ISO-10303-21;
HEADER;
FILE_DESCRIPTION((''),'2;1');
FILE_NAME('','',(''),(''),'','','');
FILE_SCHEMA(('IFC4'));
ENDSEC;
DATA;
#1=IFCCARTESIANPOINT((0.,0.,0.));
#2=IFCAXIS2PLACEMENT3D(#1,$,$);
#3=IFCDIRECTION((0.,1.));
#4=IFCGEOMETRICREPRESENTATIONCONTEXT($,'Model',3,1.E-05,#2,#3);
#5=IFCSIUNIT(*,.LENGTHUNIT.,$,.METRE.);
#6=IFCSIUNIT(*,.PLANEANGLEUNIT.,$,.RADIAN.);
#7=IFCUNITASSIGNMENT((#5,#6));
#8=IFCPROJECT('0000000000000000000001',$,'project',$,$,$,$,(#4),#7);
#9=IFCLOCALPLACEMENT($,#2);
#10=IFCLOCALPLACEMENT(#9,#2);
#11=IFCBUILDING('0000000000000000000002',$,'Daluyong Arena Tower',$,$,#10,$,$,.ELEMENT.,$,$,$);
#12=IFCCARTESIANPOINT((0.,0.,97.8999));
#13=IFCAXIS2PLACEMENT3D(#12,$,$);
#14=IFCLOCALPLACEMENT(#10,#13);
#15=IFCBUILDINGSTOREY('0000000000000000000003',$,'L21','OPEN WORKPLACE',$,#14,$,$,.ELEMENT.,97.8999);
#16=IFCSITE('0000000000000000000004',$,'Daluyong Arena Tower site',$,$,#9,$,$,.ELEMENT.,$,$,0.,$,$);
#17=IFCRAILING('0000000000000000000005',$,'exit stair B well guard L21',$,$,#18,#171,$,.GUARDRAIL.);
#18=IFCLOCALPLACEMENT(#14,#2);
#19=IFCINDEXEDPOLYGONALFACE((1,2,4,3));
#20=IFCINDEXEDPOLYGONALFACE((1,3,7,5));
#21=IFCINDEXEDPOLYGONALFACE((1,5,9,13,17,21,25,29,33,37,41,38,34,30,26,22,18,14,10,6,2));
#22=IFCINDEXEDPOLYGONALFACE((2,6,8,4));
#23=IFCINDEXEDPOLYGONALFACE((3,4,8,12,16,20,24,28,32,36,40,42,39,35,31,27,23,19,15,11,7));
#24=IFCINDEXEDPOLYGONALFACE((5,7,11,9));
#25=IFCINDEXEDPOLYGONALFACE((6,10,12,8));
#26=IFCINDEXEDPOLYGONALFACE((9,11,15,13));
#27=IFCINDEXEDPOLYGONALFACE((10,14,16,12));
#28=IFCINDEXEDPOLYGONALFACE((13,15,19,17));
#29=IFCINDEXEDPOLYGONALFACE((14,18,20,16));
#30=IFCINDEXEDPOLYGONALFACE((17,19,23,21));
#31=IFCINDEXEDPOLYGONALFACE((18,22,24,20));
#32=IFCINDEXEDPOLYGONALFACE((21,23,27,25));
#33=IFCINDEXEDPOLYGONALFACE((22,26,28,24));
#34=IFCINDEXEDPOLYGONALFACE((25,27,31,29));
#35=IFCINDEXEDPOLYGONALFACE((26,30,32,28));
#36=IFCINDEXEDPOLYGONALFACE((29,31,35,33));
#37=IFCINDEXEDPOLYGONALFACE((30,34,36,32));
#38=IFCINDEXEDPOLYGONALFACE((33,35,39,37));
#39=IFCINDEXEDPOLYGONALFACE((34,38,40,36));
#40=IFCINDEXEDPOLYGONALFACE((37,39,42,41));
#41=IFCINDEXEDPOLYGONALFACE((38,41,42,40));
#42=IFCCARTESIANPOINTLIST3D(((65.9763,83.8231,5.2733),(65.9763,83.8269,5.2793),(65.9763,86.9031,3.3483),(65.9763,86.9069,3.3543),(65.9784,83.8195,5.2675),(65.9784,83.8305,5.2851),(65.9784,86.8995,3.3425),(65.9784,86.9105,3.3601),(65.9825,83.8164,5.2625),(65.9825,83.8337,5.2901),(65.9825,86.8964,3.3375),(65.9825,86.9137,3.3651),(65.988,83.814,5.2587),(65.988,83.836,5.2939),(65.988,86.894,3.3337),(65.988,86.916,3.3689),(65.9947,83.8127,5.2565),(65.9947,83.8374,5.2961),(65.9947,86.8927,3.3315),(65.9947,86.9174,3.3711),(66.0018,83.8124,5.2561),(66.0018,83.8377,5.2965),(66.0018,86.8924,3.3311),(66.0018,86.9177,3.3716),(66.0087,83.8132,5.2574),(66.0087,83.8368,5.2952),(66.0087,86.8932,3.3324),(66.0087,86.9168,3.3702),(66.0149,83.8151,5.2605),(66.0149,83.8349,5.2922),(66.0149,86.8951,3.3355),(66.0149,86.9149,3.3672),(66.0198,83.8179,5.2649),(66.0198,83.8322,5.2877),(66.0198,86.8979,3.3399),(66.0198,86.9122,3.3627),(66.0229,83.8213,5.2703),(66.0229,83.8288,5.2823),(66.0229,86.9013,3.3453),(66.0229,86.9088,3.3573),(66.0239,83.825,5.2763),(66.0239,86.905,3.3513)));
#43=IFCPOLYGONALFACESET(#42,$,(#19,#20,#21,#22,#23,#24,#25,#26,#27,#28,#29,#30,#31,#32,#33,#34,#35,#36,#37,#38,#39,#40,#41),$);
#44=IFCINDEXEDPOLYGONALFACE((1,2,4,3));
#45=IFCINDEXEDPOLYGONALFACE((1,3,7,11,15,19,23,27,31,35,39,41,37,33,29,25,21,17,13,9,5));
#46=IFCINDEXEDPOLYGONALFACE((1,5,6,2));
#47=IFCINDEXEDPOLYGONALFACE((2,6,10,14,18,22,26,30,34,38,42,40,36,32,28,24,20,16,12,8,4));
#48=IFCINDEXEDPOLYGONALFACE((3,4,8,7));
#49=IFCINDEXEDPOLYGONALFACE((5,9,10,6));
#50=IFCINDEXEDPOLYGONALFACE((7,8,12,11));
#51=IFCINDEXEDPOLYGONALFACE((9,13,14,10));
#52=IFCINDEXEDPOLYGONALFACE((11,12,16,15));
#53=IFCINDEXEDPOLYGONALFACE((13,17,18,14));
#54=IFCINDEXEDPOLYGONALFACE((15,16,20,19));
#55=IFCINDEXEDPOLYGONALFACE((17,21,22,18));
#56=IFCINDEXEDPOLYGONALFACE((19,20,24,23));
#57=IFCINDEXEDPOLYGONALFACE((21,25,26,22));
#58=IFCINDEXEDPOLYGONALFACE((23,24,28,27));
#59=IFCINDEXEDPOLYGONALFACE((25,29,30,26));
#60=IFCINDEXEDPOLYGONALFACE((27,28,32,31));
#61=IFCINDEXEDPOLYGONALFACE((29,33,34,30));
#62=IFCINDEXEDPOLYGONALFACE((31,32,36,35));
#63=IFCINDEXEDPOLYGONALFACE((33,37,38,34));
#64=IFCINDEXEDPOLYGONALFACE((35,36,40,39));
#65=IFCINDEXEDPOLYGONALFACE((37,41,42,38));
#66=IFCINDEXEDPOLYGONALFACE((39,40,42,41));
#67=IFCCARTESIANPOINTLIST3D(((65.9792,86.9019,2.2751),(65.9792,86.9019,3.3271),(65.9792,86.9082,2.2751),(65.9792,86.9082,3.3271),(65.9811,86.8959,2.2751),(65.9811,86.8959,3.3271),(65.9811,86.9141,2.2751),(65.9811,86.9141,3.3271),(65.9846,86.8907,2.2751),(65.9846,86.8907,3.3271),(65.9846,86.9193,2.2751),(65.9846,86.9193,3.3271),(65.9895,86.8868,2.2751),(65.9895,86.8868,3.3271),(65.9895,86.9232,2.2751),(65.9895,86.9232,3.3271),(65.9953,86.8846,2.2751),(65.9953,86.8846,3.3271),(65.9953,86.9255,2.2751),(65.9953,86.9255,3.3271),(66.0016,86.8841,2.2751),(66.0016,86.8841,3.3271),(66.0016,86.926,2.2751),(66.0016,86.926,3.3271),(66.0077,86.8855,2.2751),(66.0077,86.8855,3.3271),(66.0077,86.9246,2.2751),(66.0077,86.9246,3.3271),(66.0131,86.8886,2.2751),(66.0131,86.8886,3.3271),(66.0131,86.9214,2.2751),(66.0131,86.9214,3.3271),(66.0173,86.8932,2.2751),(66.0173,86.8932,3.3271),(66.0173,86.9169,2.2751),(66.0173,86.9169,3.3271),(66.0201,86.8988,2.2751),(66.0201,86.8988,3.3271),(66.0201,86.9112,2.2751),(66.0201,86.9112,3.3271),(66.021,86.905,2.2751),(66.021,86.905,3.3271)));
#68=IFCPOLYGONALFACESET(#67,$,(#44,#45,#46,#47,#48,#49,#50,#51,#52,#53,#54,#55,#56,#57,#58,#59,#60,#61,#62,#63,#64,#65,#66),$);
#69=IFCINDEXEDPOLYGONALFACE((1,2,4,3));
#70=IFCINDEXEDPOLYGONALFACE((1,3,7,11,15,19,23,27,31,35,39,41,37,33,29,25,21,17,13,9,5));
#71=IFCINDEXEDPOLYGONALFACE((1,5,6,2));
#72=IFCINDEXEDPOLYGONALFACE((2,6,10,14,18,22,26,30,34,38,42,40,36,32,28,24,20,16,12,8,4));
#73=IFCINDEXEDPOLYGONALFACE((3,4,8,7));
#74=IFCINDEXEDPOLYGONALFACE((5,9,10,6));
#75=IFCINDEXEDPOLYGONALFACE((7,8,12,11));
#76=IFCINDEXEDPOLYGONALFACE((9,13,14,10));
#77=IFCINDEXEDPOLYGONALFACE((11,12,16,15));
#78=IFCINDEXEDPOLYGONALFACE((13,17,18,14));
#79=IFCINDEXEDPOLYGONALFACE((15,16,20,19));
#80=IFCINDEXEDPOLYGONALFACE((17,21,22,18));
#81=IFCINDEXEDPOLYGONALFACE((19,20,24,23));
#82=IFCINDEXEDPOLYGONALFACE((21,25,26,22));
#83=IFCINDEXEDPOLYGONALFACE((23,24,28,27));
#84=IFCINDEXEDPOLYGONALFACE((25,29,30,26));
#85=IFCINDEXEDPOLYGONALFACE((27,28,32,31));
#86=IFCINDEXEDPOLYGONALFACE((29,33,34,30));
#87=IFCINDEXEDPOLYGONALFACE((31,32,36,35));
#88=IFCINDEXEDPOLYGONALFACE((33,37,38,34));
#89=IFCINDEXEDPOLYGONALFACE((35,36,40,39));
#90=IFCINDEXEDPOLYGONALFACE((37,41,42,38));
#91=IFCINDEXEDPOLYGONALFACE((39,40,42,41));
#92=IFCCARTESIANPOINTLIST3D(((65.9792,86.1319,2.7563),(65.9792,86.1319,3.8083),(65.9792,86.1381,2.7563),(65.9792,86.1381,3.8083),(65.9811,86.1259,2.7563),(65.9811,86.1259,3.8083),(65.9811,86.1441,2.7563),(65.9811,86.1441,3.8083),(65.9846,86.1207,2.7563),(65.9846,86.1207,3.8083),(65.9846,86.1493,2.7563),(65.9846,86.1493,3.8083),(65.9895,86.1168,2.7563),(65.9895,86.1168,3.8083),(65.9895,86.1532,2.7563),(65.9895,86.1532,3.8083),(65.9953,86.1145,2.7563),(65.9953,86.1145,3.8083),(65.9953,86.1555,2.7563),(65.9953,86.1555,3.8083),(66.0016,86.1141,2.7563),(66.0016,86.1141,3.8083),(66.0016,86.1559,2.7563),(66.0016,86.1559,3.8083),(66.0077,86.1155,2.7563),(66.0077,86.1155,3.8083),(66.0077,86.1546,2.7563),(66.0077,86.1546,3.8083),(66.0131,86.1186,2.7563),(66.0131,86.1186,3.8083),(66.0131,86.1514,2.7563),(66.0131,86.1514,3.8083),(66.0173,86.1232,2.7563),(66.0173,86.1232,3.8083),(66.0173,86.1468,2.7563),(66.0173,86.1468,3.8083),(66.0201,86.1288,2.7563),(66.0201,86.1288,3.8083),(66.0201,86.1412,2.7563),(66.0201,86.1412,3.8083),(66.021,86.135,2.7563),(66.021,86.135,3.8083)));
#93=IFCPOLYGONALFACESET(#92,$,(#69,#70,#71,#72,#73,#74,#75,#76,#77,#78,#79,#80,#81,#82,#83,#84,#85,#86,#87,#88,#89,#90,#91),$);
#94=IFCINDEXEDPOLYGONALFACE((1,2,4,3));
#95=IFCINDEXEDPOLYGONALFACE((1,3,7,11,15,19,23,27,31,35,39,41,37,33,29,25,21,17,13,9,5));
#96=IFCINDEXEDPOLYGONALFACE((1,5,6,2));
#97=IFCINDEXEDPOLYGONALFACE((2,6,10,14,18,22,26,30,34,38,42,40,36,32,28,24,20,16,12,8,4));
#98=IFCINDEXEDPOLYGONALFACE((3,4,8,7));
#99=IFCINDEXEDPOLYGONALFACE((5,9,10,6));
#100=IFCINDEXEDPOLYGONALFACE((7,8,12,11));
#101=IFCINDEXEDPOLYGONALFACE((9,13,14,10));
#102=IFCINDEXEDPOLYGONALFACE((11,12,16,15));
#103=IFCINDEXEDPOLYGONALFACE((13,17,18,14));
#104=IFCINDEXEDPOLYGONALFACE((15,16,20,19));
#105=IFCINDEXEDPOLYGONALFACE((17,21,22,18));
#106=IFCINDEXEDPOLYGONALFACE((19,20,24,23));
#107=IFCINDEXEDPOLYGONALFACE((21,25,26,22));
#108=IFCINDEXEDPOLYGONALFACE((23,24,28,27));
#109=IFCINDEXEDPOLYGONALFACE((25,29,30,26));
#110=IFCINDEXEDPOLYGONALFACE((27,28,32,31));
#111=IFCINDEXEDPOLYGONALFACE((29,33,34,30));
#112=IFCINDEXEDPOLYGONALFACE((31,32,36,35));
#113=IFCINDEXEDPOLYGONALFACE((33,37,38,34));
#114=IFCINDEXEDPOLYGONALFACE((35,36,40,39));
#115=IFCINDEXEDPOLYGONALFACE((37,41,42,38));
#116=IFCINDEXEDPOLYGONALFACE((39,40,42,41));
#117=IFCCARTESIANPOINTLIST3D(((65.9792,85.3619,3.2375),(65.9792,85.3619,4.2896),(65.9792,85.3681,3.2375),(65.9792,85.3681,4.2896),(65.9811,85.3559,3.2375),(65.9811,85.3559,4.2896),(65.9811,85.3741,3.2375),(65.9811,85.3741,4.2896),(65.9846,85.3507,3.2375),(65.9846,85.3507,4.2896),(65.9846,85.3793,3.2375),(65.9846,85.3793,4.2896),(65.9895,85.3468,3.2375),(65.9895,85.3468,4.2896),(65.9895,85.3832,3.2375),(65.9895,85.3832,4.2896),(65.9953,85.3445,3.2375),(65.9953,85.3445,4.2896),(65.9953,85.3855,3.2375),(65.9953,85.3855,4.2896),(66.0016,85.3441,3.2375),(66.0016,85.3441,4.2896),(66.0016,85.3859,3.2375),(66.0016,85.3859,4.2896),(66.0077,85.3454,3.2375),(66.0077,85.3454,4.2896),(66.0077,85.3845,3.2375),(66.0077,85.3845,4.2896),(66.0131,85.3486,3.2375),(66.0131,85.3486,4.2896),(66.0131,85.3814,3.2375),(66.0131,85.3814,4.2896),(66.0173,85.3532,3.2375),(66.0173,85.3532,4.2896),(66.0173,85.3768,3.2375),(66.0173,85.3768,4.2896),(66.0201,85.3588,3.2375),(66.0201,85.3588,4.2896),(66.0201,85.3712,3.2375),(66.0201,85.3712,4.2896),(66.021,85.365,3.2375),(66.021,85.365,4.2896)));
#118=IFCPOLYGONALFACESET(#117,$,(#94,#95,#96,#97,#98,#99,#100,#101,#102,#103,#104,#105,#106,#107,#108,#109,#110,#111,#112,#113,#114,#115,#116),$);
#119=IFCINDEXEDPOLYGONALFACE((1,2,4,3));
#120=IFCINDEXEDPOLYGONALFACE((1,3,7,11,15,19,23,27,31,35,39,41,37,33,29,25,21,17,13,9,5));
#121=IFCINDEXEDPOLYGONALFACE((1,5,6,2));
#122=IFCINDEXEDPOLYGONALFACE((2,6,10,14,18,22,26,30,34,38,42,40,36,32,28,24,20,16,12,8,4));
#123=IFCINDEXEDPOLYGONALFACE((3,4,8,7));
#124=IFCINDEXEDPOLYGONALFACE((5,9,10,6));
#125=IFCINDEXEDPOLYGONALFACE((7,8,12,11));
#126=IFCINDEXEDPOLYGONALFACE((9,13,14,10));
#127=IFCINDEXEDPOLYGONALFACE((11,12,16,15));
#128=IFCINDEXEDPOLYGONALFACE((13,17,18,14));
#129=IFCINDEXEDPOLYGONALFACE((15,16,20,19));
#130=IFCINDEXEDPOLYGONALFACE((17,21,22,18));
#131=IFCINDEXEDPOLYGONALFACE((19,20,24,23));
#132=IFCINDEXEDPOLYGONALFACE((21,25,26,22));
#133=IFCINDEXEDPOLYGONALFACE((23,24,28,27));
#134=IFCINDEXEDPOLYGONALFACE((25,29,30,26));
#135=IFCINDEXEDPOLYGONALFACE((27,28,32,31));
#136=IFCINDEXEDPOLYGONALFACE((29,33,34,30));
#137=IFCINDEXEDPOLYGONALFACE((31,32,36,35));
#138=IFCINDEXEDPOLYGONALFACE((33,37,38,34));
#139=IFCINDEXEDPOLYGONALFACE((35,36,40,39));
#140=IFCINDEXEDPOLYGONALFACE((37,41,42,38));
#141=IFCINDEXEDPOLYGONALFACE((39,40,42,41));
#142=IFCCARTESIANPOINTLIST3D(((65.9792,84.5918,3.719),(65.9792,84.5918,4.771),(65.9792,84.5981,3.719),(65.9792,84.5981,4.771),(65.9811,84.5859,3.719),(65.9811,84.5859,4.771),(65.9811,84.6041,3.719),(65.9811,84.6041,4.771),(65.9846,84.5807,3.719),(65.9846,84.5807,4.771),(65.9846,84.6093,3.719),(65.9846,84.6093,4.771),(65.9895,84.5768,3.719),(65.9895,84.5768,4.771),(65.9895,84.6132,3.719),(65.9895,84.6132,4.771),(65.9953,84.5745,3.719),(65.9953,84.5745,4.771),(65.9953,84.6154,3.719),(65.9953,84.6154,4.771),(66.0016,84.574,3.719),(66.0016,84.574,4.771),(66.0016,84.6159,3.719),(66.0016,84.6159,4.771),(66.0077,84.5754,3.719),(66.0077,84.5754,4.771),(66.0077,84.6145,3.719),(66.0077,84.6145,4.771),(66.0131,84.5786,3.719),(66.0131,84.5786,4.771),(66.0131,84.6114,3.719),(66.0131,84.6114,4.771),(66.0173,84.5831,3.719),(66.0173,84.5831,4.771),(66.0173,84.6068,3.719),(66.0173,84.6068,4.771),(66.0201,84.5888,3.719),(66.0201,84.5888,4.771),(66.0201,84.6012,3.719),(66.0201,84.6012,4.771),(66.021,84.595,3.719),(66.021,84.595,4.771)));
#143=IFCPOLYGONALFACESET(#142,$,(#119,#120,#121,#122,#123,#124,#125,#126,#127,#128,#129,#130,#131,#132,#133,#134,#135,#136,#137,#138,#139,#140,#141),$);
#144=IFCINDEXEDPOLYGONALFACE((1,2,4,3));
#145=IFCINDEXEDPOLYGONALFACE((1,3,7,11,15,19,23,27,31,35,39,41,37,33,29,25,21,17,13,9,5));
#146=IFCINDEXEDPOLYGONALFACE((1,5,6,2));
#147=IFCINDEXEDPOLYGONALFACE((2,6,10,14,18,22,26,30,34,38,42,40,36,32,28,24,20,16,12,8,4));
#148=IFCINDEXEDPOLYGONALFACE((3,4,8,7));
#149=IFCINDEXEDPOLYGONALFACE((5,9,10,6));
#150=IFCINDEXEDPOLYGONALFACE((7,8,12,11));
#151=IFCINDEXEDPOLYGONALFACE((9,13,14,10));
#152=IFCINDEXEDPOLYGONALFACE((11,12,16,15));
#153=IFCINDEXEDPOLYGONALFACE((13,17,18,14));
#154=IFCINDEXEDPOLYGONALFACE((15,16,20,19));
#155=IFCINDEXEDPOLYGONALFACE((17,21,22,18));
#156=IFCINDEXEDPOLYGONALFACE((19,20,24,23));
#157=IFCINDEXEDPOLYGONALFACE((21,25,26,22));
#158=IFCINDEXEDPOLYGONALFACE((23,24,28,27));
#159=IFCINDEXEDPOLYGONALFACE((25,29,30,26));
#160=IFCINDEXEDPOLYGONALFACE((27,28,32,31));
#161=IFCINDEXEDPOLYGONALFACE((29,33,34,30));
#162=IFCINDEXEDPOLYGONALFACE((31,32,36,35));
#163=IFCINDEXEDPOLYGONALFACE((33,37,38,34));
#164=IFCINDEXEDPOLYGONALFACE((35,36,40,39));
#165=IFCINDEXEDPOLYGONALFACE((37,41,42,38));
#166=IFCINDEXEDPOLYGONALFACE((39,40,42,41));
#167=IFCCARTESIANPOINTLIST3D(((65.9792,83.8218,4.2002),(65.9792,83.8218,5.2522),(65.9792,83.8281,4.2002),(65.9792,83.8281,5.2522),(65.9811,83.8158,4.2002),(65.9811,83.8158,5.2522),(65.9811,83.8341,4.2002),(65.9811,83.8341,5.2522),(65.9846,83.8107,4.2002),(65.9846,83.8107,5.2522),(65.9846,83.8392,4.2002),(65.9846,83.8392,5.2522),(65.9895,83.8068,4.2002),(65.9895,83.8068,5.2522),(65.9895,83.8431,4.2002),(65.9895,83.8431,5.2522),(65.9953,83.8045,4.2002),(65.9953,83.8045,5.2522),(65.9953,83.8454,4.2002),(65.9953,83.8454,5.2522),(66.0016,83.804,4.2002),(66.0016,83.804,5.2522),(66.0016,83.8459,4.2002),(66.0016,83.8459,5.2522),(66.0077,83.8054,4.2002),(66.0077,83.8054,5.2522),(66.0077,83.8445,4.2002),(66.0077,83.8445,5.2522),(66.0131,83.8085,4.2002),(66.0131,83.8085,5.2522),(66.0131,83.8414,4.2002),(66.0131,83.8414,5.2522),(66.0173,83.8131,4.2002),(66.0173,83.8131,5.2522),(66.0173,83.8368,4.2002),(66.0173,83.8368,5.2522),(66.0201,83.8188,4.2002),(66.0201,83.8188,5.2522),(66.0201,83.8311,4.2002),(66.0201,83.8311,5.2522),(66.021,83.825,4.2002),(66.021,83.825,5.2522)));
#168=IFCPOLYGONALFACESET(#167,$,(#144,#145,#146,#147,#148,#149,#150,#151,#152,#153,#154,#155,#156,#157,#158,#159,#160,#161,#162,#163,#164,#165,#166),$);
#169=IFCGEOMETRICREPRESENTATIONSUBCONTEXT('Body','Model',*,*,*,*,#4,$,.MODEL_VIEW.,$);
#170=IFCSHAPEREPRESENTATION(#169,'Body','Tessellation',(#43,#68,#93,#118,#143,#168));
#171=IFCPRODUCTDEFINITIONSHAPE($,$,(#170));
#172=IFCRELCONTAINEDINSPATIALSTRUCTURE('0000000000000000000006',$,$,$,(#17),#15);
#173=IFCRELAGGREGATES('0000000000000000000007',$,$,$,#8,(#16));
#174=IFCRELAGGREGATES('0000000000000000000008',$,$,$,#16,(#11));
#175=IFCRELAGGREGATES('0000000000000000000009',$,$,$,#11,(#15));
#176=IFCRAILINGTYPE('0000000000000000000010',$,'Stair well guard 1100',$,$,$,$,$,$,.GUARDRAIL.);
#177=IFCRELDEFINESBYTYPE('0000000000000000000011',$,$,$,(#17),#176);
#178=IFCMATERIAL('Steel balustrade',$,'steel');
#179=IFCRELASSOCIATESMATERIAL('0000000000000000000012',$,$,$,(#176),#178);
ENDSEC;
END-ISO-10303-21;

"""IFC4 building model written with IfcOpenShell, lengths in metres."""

from ifc_helpers import new_model, si_unit, direction, frame, origin, origin_2d, place, context, subcontext, project, spatial, circle, extrude, material, type_object, element, save


model = new_model("IFC4")

# Units and contexts
model_context = context("Model", 3, precision=1e-05, world=origin(), true_north=direction((0.0, 1.0)))
body_context = subcontext(model_context, "Body", "Model", "MODEL_VIEW")
ifc_project = project(units=[si_unit("LENGTHUNIT", "METRE"), si_unit("PLANEANGLEUNIT", "RADIAN")], contexts=[model_context])

# Site, building, storey
site_placement = place(None, origin())
site = spatial("IfcSite", under=ifc_project, at=site_placement, Name="Daluyong Arena Tower site", CompositionType="ELEMENT", RefElevation=0.0)
building_placement = place(site_placement, origin())
building = spatial("IfcBuilding", under=site, at=building_placement, Name="Daluyong Arena Tower", CompositionType="ELEMENT")
storey_placement = place(building_placement, frame((0.0, 0.0, 97.8999)))
storey = spatial("IfcBuildingStorey", under=building, at=storey_placement, Name="L21", Description="OPEN WORKPLACE", CompositionType="ELEMENT", Elevation=97.8999)

# Railing
ifc_material_1 = material(Name="Steel balustrade", Category="steel")
railing_type_1 = type_object("IfcRailingType", Name="Stair well guard 1100", PredefinedType="GUARDRAIL", material=ifc_material_1)
railing_1_placement = place(storey_placement, frame((66.0, 86.905, 2.2751)))
element("IfcRailing", 1, at=railing_1_placement, inside=storey, type_object=railing_type_1, Name="exit stair B well guard L21", PredefinedType="GUARDRAIL", context=body_context, shape_type="SweptSolid", body=[
    extrude(circle(Radius=0.0239, at=origin_2d()), frame((0.0, 0.0, 1.0762), z_axis=(0.0, -0.847998, 0.529999), x_axis=(1.0, 0.0, 0.0)), (0.0, 0.0, 1.0), 3.6321),
    extrude(circle(Radius=0.021, at=origin_2d()), origin(), (0.0, 0.0, 1.0), 1.052),
    extrude(circle(Radius=0.021, at=origin_2d()), frame((0.0, -0.77, 0.4812)), (0.0, 0.0, 1.0), 1.052),
    extrude(circle(Radius=0.021, at=origin_2d()), frame((0.0, -1.54, 0.9624)), (0.0, 0.0, 1.0), 1.052),
    extrude(circle(Radius=0.021, at=origin_2d()), frame((0.0, -2.3101, 1.4438)), (0.0, 0.0, 1.0), 1.052),
    extrude(circle(Radius=0.021, at=origin_2d()), frame((0.0, -3.0801, 1.925)), (0.0, 0.0, 1.0), 1.052),
])

save(model, "model.ifc")
